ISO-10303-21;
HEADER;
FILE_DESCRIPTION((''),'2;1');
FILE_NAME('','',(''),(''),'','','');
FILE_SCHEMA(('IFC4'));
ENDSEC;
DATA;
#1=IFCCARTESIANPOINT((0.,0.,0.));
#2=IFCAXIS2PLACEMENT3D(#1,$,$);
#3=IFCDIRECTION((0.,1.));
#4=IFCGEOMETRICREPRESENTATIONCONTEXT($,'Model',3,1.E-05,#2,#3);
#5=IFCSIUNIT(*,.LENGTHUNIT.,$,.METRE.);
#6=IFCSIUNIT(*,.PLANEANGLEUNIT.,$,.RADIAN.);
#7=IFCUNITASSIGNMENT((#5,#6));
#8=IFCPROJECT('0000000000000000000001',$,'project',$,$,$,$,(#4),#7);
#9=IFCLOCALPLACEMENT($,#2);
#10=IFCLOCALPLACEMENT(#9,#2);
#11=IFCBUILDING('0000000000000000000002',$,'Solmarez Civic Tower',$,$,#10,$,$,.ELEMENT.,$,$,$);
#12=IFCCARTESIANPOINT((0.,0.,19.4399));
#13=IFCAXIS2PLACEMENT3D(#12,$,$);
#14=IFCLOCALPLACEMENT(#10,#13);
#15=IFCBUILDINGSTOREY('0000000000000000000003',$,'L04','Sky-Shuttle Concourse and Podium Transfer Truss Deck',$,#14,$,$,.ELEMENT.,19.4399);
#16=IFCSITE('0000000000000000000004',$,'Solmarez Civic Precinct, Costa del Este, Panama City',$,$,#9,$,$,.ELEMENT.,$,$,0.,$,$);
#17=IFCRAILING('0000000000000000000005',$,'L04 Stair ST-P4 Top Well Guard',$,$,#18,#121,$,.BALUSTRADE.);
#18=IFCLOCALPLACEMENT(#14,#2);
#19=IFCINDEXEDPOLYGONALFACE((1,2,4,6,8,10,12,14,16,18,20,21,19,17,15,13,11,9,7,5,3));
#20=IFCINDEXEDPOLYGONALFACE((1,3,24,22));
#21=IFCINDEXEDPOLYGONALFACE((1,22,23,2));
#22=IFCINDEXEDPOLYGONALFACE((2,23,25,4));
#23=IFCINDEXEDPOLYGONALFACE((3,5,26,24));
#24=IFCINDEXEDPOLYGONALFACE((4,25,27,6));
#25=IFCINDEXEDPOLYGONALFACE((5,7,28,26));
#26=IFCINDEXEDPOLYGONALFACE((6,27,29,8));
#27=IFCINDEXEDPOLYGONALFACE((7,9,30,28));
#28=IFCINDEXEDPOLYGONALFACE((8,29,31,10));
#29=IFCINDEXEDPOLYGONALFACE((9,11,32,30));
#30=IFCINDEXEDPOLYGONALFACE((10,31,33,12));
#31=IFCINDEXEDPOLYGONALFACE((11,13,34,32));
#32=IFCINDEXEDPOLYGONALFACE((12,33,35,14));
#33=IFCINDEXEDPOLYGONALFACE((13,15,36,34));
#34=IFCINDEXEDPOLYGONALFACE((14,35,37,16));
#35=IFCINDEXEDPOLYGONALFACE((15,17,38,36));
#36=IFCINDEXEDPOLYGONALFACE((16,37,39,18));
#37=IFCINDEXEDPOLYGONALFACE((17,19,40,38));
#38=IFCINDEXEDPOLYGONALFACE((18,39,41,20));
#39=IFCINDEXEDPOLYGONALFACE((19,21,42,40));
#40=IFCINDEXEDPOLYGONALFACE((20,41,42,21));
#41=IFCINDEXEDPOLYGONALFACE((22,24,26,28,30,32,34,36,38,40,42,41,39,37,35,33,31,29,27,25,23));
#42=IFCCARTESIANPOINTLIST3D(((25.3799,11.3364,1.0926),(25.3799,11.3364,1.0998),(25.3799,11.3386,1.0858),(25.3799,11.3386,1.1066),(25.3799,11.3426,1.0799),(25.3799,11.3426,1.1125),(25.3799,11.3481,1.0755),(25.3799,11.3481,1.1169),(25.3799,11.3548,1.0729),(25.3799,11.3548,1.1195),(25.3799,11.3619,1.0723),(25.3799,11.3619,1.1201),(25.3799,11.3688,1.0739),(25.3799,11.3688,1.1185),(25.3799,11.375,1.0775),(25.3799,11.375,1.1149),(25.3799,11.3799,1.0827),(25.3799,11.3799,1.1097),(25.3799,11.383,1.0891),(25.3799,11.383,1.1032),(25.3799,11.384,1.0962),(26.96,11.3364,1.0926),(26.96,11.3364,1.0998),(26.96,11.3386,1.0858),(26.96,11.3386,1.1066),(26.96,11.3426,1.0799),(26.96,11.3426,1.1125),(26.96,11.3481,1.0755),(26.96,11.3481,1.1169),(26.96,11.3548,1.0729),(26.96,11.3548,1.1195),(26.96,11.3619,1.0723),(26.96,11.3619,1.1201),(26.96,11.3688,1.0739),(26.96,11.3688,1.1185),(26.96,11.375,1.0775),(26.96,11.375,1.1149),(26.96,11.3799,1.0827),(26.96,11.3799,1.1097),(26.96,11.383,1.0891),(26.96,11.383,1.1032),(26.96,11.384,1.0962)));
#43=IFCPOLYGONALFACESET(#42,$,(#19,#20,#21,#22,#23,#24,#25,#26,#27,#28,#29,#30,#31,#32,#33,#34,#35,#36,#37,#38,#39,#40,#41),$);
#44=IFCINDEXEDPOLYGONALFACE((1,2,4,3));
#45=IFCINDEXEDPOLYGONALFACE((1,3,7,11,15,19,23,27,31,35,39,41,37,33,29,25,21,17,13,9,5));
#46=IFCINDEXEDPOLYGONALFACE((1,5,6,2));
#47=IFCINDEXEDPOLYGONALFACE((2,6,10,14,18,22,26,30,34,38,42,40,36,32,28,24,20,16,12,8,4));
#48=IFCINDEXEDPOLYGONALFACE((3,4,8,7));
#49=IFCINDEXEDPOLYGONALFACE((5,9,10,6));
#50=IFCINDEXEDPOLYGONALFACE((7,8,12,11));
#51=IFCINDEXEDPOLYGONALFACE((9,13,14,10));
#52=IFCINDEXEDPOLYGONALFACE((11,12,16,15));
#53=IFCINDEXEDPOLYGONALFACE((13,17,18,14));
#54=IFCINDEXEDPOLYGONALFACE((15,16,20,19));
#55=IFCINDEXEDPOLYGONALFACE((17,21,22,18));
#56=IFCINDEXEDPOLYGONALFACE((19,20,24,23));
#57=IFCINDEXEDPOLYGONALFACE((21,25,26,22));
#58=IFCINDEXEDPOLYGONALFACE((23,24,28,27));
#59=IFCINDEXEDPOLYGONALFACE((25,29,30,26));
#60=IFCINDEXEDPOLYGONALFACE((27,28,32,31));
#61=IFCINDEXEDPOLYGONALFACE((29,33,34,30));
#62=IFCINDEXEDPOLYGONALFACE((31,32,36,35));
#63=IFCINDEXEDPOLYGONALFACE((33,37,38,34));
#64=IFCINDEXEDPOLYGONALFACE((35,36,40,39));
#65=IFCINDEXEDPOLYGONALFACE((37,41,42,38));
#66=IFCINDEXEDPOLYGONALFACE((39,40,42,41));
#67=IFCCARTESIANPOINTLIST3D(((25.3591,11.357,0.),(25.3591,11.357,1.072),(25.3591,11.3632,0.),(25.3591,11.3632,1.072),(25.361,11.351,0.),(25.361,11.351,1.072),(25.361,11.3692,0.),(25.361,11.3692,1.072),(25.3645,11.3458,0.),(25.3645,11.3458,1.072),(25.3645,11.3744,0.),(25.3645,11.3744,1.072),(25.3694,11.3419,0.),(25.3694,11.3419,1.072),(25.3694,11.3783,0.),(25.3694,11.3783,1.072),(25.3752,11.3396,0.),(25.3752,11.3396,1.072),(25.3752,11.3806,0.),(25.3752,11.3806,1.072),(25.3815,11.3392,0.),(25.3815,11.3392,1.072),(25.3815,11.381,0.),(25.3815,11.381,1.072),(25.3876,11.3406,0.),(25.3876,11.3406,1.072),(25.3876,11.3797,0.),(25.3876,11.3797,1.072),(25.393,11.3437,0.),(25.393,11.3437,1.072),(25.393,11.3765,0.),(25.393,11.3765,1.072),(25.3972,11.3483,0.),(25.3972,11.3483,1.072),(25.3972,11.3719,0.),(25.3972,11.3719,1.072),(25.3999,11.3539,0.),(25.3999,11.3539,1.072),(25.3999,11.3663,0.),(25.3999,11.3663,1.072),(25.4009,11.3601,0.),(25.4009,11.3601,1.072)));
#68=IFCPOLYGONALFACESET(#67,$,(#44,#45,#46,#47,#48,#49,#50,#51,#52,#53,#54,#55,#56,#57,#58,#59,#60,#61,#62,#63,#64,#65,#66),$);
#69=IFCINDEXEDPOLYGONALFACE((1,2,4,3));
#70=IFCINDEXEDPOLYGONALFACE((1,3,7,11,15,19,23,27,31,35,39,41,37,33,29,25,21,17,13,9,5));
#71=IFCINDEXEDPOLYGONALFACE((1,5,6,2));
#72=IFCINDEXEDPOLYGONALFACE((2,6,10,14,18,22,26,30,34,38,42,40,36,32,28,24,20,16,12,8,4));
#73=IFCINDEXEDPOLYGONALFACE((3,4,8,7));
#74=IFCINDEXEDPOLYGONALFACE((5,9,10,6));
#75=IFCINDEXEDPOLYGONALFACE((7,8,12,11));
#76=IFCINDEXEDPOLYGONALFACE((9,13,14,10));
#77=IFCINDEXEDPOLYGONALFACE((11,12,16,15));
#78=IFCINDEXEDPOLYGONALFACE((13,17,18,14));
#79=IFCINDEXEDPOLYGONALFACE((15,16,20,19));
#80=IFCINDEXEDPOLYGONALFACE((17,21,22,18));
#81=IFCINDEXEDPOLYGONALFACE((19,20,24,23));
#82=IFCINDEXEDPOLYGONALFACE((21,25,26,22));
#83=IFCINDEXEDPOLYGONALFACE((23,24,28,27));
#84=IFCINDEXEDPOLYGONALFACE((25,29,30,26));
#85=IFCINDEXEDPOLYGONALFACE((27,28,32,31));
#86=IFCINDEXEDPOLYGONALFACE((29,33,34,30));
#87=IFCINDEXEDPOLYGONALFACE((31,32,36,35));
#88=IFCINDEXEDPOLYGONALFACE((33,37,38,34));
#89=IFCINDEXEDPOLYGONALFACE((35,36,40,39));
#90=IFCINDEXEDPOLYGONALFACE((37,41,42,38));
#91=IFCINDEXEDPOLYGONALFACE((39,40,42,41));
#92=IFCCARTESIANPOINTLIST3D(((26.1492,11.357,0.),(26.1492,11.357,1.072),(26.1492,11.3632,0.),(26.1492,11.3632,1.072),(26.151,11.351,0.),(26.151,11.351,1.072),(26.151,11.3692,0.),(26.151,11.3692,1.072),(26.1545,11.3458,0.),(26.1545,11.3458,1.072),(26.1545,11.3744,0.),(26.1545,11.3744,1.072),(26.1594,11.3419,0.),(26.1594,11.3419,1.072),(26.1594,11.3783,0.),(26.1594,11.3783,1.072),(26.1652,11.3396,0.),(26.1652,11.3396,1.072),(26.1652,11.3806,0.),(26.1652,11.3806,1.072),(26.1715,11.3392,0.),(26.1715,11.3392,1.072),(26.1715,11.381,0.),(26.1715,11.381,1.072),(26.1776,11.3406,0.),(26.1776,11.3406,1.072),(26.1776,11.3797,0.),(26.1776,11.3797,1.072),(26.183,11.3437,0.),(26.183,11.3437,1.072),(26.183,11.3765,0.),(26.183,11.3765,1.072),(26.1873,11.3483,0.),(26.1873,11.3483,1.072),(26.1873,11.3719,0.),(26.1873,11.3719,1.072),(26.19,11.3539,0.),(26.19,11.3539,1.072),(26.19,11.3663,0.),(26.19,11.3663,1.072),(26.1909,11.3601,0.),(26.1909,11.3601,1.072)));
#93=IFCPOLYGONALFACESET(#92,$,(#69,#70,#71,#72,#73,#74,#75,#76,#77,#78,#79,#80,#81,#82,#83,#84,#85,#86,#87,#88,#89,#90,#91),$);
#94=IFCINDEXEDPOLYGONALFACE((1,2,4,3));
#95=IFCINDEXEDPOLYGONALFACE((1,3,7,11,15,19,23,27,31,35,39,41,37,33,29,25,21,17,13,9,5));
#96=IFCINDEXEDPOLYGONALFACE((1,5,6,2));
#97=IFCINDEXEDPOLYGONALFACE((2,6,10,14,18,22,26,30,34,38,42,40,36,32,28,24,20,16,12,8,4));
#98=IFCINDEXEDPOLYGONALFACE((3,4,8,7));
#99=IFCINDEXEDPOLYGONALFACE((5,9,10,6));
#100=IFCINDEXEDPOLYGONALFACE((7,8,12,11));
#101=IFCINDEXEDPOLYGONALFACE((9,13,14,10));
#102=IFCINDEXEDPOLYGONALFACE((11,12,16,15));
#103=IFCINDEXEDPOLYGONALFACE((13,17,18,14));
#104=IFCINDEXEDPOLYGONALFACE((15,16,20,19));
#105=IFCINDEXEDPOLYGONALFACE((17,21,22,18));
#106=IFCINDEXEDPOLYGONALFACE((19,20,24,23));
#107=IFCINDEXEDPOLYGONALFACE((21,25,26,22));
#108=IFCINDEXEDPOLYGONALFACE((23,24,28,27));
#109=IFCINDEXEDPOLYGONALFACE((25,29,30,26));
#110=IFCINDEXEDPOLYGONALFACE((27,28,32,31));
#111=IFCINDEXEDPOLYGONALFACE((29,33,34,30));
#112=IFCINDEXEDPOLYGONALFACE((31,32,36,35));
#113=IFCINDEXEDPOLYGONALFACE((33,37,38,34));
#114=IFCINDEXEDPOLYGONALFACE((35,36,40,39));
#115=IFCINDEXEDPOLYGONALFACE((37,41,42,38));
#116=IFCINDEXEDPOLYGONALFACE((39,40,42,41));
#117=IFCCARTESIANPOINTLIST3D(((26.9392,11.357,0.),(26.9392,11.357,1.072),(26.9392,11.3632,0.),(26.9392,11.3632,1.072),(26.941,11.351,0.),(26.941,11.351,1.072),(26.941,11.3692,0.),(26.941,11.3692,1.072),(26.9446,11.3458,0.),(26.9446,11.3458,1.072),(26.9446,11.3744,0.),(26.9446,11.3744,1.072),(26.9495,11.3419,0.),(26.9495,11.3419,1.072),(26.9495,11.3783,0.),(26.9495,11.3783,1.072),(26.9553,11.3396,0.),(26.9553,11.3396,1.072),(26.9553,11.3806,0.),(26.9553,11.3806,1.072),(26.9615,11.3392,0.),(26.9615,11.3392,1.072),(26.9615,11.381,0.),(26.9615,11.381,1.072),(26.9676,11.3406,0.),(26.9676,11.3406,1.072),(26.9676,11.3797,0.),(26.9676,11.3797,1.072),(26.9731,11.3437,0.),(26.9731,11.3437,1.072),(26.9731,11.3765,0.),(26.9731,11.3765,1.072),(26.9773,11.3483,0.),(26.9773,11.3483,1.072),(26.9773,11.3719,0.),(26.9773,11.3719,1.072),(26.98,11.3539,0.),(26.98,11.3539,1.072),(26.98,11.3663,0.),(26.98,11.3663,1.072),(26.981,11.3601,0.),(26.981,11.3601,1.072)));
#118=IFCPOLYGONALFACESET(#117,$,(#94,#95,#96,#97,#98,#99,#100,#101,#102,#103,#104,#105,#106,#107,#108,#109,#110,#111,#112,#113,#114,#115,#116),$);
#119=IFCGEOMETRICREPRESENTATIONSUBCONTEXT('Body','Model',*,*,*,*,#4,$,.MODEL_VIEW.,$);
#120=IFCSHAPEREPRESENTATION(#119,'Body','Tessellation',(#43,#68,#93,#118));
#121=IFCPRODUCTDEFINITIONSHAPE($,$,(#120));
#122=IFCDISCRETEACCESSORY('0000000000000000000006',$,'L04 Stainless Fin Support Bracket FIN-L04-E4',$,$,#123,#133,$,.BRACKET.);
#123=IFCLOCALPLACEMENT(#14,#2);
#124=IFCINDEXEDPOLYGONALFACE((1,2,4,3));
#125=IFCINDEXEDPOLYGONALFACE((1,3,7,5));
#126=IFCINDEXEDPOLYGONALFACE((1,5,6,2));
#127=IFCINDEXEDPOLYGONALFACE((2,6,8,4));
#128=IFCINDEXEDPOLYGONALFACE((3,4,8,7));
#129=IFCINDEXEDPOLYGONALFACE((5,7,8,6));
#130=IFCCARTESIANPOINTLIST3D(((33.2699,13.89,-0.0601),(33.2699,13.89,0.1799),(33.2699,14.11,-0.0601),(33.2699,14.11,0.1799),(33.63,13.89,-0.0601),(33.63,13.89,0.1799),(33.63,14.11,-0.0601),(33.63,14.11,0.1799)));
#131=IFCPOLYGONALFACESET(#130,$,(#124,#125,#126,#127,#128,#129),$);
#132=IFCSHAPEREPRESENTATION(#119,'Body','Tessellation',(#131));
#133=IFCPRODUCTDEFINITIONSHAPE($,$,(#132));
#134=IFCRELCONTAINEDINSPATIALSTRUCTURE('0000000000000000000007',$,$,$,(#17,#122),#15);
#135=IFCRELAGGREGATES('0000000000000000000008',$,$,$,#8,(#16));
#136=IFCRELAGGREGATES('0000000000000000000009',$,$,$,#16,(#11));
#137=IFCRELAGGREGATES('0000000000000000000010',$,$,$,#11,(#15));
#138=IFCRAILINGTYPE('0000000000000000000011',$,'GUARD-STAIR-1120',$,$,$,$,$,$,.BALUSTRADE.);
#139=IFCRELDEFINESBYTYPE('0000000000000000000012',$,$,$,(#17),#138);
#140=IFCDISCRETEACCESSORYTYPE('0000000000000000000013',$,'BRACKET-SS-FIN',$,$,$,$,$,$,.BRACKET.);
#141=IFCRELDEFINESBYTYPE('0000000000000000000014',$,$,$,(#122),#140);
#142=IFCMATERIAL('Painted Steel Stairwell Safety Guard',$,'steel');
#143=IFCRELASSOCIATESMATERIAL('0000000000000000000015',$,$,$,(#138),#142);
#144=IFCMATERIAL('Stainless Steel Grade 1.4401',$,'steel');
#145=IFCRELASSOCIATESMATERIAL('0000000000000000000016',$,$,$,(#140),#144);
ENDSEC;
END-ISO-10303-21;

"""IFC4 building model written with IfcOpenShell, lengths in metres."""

from ifc_helpers import new_model, si_unit, direction, frame, origin, origin_2d, place, context, subcontext, project, spatial, rectangle, circle, extrude, material, type_object, element, save


model = new_model("IFC4")

# Units and contexts
model_context = context("Model", 3, precision=1e-05, world=origin(), true_north=direction((0.0, 1.0)))
body_context = subcontext(model_context, "Body", "Model", "MODEL_VIEW")
ifc_project = project(units=[si_unit("LENGTHUNIT", "METRE"), si_unit("PLANEANGLEUNIT", "RADIAN")], contexts=[model_context])

# Site, building, storey
site_placement = place(None, origin())
site = spatial("IfcSite", under=ifc_project, at=site_placement, Name="Solmarez Civic Precinct, Costa del Este, Panama City", CompositionType="ELEMENT", RefElevation=0.0)
building_placement = place(site_placement, origin())
building = spatial("IfcBuilding", under=site, at=building_placement, Name="Solmarez Civic Tower", CompositionType="ELEMENT")
storey_placement = place(building_placement, frame((0.0, 0.0, 19.4399)))
storey = spatial("IfcBuildingStorey", under=building, at=storey_placement, Name="L04", Description="Sky-Shuttle Concourse and Podium Transfer Truss Deck", CompositionType="ELEMENT", Elevation=19.4399)

# Railing
ifc_material_1 = material(Name="Painted Steel Stairwell Safety Guard", Category="steel")
railing_type = type_object("IfcRailingType", Name="GUARD-STAIR-1120", PredefinedType="BALUSTRADE", material=ifc_material_1)
railing_1_placement = place(storey_placement, frame((25.3799, 11.3601, 0.0)))
element("IfcRailing", 1, at=railing_1_placement, inside=storey, type_object=railing_type, Name="L04 Stair ST-P4 Top Well Guard", PredefinedType="BALUSTRADE", context=body_context, shape_type="SweptSolid", body=[
    extrude(circle(Radius=0.0239, at=origin_2d()), frame((0.0, 0.0, 1.0962), z_axis=(1.0, 0.0, 0.0), x_axis=(0.0, 1.0, 0.0)), (0.0, 0.0, 1.0), 1.5801),
    extrude(circle(Radius=0.021, at=origin_2d()), origin(), (0.0, 0.0, 1.0), 1.072),
    extrude(circle(Radius=0.021, at=origin_2d()), frame((0.79, 0.0, 0.0)), (0.0, 0.0, 1.0), 1.072),
    extrude(circle(Radius=0.021, at=origin_2d()), frame((1.5801, 0.0, 0.0)), (0.0, 0.0, 1.0), 1.072),
])

# Discrete accessory
ifc_material_2 = material(Name="Stainless Steel Grade 1.4401", Category="steel")
discrete_accessory_type = type_object("IfcDiscreteAccessoryType", Name="BRACKET-SS-FIN", PredefinedType="BRACKET", material=ifc_material_2)
discrete_accessory_placement = place(storey_placement, frame((33.45, 14.0, -0.0601), z_axis=(0.0, 0.0, 1.0), x_axis=(1.0, 0.0, 0.0)))
element("IfcDiscreteAccessory", 2, at=discrete_accessory_placement, inside=storey, type_object=discrete_accessory_type, Name="L04 Stainless Fin Support Bracket FIN-L04-E4", PredefinedType="BRACKET", context=body_context, shape_type="SweptSolid", body=[
    extrude(rectangle(XDim=0.3601, YDim=0.22, at=origin_2d()), origin(), (0.0, 0.0, 1.0), 0.24),
])

save(model, "model.ifc")
